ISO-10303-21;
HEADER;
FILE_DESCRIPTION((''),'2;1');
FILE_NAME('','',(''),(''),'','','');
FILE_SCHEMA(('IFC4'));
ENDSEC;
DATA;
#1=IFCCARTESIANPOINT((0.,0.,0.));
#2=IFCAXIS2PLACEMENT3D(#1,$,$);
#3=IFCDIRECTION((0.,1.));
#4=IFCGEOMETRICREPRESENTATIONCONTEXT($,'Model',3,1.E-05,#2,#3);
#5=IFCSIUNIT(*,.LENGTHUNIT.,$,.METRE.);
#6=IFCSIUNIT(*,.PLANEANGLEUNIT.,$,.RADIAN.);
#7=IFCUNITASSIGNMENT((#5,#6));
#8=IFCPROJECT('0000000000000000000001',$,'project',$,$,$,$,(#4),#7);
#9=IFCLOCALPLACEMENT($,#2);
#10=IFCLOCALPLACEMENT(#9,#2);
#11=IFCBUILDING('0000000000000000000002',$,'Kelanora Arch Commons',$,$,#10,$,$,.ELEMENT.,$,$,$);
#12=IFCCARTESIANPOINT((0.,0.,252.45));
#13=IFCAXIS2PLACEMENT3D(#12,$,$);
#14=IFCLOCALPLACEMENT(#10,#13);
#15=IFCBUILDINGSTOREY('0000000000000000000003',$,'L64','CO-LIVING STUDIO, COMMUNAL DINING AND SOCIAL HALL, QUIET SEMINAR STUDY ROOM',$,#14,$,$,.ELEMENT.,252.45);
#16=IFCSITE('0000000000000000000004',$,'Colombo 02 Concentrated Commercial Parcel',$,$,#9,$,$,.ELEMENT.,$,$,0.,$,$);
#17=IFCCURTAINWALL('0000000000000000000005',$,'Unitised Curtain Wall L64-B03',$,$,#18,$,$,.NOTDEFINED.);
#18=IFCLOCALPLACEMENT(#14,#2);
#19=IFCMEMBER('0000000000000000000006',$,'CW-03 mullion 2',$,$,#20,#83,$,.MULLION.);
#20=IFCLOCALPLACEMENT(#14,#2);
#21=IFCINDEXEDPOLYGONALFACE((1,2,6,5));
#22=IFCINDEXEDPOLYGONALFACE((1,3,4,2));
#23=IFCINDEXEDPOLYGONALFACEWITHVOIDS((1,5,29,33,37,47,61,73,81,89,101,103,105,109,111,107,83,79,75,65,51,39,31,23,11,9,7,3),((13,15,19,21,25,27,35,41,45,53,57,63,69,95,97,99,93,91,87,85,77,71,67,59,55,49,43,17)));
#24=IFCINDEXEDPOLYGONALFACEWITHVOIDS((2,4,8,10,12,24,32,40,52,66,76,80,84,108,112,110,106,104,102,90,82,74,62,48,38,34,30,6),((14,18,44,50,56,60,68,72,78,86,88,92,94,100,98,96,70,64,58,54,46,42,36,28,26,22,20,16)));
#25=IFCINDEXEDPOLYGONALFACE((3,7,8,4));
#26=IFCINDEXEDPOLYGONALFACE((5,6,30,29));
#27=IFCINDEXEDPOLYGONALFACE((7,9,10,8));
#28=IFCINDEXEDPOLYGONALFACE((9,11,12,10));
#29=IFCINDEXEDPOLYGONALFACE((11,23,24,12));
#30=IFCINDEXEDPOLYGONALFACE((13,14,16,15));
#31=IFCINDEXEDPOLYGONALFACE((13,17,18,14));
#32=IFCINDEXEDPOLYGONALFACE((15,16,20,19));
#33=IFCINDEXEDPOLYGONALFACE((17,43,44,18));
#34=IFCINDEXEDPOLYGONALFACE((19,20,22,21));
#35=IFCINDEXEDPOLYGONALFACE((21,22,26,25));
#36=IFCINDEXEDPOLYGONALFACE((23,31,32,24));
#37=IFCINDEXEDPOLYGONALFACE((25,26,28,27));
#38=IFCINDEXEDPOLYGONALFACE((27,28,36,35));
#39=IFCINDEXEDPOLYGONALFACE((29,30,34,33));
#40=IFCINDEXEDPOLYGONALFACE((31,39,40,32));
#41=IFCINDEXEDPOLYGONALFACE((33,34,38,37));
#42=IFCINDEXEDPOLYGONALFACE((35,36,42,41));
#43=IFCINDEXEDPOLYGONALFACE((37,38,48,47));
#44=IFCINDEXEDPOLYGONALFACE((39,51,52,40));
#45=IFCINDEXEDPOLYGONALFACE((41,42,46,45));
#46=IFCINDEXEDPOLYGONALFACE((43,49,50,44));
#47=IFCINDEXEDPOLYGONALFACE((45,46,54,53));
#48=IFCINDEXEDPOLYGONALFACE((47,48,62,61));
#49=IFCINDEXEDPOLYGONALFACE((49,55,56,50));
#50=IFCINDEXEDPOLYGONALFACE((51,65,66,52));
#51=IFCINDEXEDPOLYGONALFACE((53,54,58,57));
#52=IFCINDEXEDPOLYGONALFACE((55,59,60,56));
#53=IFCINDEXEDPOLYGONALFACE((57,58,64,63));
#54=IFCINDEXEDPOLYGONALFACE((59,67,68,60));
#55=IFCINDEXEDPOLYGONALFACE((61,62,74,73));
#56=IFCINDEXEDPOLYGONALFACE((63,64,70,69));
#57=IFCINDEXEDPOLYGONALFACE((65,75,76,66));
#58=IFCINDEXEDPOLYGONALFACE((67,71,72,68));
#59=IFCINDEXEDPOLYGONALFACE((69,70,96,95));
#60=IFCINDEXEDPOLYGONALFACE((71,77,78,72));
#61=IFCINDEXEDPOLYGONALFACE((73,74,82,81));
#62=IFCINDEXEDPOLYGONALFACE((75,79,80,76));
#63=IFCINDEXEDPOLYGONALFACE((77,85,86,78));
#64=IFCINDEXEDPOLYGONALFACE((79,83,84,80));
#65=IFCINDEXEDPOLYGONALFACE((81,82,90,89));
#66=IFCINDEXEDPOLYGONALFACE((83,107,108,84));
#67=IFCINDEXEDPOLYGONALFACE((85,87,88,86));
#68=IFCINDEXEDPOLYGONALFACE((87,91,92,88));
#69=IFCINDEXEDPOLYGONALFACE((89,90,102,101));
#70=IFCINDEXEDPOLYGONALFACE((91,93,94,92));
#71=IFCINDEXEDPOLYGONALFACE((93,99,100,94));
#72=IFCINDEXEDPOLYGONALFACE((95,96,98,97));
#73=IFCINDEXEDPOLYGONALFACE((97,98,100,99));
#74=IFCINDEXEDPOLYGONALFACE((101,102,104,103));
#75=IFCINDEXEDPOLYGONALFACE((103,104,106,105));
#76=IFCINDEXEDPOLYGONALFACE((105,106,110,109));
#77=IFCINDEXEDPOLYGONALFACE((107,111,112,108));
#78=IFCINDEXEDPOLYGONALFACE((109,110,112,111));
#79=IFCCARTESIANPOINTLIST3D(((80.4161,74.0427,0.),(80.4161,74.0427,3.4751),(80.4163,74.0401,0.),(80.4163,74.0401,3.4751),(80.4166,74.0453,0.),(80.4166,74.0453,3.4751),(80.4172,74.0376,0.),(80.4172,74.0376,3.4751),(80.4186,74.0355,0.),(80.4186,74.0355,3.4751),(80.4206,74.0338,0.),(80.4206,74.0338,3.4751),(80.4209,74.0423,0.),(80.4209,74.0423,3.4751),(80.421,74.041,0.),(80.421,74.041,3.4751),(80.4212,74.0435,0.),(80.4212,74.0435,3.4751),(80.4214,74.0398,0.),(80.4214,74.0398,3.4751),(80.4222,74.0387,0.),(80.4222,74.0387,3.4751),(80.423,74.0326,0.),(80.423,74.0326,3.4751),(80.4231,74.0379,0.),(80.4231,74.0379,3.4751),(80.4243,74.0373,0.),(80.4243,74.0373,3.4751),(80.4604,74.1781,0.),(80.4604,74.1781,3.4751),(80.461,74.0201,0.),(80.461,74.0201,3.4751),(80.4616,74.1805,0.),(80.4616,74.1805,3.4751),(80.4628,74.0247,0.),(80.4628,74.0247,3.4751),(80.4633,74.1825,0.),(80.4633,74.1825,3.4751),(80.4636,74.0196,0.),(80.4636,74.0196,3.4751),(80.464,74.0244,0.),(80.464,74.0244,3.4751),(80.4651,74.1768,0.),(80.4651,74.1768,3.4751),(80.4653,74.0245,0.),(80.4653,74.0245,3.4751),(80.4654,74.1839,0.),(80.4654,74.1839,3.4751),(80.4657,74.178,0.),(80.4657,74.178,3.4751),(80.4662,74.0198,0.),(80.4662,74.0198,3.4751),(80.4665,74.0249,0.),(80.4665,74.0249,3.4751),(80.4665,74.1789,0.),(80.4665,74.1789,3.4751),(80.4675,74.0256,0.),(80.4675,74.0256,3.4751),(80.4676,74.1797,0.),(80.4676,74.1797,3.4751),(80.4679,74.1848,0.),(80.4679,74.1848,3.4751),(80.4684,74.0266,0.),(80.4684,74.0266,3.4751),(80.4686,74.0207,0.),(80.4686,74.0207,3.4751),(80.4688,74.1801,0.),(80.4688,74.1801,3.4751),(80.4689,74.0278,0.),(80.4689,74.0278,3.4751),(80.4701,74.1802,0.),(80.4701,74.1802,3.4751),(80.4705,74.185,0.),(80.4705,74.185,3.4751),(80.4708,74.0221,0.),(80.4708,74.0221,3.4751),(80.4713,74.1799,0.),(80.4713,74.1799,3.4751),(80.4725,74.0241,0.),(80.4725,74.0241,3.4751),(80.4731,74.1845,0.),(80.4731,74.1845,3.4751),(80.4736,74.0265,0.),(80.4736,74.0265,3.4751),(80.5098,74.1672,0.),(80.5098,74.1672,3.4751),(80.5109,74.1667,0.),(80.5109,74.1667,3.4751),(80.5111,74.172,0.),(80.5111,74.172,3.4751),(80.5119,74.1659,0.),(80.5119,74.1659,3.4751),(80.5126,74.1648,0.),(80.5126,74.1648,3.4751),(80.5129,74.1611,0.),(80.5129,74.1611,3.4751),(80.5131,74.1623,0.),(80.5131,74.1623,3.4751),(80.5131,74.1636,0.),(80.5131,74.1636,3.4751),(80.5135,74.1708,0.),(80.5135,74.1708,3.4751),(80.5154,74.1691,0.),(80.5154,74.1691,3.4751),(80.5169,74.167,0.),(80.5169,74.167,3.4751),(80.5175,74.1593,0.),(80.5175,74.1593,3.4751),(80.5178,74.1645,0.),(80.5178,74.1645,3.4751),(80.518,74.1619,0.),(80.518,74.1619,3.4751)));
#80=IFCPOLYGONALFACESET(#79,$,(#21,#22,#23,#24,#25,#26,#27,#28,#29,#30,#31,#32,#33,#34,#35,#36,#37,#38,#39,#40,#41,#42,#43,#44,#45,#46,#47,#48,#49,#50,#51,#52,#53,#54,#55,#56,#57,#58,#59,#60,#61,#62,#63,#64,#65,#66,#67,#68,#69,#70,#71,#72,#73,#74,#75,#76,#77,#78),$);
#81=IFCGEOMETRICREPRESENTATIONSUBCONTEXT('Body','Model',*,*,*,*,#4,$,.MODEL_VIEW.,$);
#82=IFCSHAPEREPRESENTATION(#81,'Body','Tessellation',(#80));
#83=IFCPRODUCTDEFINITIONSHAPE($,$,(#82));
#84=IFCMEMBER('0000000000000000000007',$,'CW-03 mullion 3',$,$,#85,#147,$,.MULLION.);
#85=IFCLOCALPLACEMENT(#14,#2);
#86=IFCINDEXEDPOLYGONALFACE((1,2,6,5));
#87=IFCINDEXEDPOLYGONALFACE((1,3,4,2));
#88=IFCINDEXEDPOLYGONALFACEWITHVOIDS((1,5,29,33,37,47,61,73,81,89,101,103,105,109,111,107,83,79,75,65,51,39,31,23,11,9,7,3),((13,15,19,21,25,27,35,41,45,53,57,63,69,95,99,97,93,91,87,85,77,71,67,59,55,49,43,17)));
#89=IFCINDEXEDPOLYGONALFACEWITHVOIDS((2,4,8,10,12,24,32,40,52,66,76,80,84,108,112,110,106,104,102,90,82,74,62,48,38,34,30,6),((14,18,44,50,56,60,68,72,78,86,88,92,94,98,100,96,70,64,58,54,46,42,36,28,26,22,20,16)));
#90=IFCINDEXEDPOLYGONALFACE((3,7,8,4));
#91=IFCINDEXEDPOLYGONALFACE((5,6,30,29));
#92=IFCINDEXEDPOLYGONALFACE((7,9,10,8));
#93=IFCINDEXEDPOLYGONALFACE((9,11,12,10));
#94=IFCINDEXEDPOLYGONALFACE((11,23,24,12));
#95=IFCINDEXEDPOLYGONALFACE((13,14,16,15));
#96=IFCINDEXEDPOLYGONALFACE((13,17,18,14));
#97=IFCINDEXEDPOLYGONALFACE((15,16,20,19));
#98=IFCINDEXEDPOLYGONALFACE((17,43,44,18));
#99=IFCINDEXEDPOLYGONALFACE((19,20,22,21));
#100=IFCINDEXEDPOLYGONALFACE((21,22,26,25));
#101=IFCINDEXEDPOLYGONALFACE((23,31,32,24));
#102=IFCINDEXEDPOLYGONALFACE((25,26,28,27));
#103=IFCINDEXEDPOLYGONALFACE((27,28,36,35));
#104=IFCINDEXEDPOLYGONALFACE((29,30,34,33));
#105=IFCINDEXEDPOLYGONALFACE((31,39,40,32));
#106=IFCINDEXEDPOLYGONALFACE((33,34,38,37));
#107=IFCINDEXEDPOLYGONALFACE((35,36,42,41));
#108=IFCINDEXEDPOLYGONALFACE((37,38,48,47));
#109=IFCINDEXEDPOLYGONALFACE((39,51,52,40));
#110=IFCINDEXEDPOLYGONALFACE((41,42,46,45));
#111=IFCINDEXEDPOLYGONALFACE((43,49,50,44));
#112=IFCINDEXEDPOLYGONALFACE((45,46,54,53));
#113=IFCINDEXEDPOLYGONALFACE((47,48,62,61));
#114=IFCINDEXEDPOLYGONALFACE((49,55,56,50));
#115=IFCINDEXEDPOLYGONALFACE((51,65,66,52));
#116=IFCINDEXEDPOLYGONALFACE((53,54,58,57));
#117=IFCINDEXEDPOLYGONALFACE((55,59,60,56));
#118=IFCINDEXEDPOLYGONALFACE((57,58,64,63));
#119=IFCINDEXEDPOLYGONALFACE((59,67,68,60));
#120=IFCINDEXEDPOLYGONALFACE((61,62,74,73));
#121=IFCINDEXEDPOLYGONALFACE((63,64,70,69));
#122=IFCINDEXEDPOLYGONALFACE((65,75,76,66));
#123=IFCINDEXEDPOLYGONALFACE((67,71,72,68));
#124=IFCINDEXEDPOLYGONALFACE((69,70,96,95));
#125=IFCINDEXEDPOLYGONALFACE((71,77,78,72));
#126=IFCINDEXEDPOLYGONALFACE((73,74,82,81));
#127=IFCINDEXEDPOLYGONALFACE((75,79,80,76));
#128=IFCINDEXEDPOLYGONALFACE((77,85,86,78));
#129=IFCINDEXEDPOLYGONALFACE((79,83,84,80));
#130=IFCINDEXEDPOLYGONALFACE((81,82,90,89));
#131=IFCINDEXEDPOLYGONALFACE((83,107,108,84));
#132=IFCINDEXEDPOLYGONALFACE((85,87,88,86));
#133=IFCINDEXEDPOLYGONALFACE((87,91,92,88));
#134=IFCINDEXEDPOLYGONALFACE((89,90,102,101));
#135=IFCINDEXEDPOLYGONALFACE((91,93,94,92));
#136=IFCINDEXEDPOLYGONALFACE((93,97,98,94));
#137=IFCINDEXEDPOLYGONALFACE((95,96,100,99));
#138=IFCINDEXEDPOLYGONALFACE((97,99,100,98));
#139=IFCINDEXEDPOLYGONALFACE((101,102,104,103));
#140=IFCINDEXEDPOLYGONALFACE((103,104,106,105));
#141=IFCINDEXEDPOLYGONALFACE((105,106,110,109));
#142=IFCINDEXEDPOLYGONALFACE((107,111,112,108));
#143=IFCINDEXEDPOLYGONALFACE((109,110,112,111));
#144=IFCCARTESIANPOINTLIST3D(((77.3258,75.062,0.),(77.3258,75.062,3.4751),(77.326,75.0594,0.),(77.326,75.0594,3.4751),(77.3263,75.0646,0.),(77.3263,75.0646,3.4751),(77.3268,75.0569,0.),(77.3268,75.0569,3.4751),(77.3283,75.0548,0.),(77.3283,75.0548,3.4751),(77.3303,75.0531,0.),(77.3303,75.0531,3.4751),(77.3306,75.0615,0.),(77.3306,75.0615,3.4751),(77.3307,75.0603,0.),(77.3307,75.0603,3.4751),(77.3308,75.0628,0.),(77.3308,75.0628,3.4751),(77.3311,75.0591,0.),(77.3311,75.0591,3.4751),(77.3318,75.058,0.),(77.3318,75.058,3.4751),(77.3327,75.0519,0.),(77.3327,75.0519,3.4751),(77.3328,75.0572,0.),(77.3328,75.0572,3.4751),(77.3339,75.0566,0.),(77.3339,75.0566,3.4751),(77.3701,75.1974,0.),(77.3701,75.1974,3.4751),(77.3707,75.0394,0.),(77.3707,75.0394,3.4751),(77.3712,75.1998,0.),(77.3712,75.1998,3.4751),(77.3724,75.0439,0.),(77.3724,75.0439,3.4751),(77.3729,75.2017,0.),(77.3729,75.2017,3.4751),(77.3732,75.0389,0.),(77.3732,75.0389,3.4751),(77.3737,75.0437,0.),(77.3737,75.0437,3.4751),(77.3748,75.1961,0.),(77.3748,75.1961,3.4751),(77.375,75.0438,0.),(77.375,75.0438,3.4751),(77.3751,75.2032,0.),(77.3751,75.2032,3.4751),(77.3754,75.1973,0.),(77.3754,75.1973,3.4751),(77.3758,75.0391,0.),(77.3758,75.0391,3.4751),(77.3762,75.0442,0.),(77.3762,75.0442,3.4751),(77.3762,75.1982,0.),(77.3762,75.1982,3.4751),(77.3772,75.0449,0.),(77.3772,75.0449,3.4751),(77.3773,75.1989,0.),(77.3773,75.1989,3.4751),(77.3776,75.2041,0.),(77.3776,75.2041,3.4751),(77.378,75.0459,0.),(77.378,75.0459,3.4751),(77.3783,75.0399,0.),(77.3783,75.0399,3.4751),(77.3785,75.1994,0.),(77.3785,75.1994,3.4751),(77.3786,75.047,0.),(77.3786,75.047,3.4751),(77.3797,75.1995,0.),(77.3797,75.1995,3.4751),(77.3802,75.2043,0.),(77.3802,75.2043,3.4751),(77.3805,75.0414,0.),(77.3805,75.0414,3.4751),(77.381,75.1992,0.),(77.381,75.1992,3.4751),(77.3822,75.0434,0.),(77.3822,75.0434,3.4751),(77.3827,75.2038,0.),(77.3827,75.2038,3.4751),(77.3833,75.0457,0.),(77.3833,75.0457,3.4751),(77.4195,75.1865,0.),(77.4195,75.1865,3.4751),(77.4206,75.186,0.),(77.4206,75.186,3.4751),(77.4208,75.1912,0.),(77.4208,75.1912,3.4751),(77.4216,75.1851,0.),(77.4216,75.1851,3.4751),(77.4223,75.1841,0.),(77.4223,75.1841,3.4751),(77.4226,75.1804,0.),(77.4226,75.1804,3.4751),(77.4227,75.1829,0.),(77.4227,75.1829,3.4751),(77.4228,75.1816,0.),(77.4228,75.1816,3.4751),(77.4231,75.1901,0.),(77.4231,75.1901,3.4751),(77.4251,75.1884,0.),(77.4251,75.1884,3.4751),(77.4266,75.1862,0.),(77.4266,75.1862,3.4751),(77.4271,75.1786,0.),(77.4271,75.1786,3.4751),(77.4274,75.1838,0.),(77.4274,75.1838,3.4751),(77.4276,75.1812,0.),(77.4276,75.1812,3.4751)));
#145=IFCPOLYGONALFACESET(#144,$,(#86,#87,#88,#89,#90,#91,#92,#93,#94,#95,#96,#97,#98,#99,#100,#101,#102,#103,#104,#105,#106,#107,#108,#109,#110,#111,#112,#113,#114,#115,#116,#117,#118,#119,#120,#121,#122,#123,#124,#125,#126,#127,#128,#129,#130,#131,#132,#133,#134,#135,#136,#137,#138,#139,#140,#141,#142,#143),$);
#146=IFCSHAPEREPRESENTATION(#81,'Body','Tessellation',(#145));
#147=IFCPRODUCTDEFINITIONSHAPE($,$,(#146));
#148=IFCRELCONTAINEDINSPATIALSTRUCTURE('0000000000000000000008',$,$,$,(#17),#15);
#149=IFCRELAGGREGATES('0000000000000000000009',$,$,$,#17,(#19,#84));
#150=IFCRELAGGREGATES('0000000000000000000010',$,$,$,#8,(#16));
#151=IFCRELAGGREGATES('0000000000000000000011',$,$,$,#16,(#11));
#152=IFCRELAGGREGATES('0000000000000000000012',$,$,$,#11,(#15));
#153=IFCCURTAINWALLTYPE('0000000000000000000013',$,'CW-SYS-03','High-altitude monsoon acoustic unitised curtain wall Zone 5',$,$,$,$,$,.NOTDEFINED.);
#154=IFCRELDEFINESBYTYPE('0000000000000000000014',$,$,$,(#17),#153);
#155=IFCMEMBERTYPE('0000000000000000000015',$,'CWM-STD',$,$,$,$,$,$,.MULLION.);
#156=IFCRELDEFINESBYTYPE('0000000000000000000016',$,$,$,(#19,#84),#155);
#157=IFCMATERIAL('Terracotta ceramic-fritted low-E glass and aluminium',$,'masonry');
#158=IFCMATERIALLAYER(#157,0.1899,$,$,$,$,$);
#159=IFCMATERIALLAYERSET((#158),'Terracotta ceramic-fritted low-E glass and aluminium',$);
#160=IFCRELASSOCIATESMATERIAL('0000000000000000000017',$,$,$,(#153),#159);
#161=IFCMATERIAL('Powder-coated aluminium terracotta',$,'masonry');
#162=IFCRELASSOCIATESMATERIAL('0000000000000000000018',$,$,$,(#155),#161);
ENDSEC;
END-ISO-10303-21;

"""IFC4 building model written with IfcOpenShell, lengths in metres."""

from ifc_helpers import new_model, si_unit, direction, frame, origin, origin_2d, place, context, subcontext, project, spatial, hollow_rectangle, extrude, material, layer, layer_set, material_profile, profile_set, type_object, element, aggregate, save


model = new_model("IFC4")

# Units and contexts
model_context = context("Model", 3, precision=1e-05, world=origin(), true_north=direction((0.0, 1.0)))
body_context = subcontext(model_context, "Body", "Model", "MODEL_VIEW")
ifc_project = project(units=[si_unit("LENGTHUNIT", "METRE"), si_unit("PLANEANGLEUNIT", "RADIAN")], contexts=[model_context])

# Site, building, storey
site_placement = place(None, origin())
site = spatial("IfcSite", under=ifc_project, at=site_placement, Name="Colombo 02 Concentrated Commercial Parcel", CompositionType="ELEMENT", RefElevation=0.0)
building_placement = place(site_placement, origin())
building = spatial("IfcBuilding", under=site, at=building_placement, Name="Kelanora Arch Commons", CompositionType="ELEMENT")
storey_placement = place(building_placement, frame((0.0, 0.0, 252.45)))
storey = spatial("IfcBuildingStorey", under=building, at=storey_placement, Name="L64", Description="CO-LIVING STUDIO, COMMUNAL DINING AND SOCIAL HALL, QUIET SEMINAR STUDY ROOM", CompositionType="ELEMENT", Elevation=252.45)

# Curtain wall, members
ifc_material_1 = material(Name="Terracotta ceramic-fritted low-E glass and aluminium", Category="masonry")
ifc_layer_1 = layer(ifc_material_1, 0.1899)
ifc_layer_set_1 = layer_set([ifc_layer_1], Name="Terracotta ceramic-fritted low-E glass and aluminium")
curtain_wall_type = type_object("IfcCurtainWallType", Name="CW-SYS-03", Description="High-altitude monsoon acoustic unitised curtain wall Zone 5", PredefinedType="NOTDEFINED", material=ifc_layer_set_1)
curtain_wall_placement = place(storey_placement, origin())
curtain_wall = element("IfcCurtainWall", 1, at=curtain_wall_placement, inside=storey, type_object=curtain_wall_type, Name="Unitised Curtain Wall L64-B03", PredefinedType="NOTDEFINED")
ifc_material_2 = material(Name="Powder-coated aluminium terracotta", Category="masonry")
ifc_material_profile_1 = material_profile(ifc_material_2, hollow_rectangle(XDim=0.1599, YDim=0.0601, WallThickness=0.0049, InnerFilletRadius=0.0049, OuterFilletRadius=0.01, at=origin_2d()), Name="CWM160x60")
ifc_profile_set_1 = profile_set([ifc_material_profile_1], Name="Powder-coated aluminium terracotta")
member_type_1 = type_object("IfcMemberType", Name="CWM-STD", PredefinedType="MULLION", material=ifc_profile_set_1)
member_1_placement = place(storey_placement, frame((80.467, 74.1023, 0.0), z_axis=(0.0, 0.0, 1.0), x_axis=(-0.313253, -0.94967, 0.0)))
member_1 = element("IfcMember", 2, at=member_1_placement, type_object=member_type_1, Name="CW-03 mullion 2", PredefinedType="MULLION", context=body_context, shape_type="SweptSolid", body=[
    extrude(hollow_rectangle(XDim=0.1599, YDim=0.0601, WallThickness=0.0049, InnerFilletRadius=0.0049, OuterFilletRadius=0.01, at=origin_2d()), origin(), (0.0, 0.0, 1.0), 3.4751),
])
member_2_placement = place(storey_placement, frame((77.3767, 75.1216, 0.0), z_axis=(0.0, 0.0, 1.0), x_axis=(-0.313253, -0.94967, 0.0)))
member_2 = element("IfcMember", 3, at=member_2_placement, type_object=member_type_1, Name="CW-03 mullion 3", PredefinedType="MULLION", context=body_context, shape_type="SweptSolid", body=[
    extrude(hollow_rectangle(XDim=0.1599, YDim=0.0601, WallThickness=0.0049, InnerFilletRadius=0.0049, OuterFilletRadius=0.01, at=origin_2d()), origin(), (0.0, 0.0, 1.0), 3.4751),
])
aggregate(curtain_wall, [member_1, member_2])

save(model, "model.ifc")
